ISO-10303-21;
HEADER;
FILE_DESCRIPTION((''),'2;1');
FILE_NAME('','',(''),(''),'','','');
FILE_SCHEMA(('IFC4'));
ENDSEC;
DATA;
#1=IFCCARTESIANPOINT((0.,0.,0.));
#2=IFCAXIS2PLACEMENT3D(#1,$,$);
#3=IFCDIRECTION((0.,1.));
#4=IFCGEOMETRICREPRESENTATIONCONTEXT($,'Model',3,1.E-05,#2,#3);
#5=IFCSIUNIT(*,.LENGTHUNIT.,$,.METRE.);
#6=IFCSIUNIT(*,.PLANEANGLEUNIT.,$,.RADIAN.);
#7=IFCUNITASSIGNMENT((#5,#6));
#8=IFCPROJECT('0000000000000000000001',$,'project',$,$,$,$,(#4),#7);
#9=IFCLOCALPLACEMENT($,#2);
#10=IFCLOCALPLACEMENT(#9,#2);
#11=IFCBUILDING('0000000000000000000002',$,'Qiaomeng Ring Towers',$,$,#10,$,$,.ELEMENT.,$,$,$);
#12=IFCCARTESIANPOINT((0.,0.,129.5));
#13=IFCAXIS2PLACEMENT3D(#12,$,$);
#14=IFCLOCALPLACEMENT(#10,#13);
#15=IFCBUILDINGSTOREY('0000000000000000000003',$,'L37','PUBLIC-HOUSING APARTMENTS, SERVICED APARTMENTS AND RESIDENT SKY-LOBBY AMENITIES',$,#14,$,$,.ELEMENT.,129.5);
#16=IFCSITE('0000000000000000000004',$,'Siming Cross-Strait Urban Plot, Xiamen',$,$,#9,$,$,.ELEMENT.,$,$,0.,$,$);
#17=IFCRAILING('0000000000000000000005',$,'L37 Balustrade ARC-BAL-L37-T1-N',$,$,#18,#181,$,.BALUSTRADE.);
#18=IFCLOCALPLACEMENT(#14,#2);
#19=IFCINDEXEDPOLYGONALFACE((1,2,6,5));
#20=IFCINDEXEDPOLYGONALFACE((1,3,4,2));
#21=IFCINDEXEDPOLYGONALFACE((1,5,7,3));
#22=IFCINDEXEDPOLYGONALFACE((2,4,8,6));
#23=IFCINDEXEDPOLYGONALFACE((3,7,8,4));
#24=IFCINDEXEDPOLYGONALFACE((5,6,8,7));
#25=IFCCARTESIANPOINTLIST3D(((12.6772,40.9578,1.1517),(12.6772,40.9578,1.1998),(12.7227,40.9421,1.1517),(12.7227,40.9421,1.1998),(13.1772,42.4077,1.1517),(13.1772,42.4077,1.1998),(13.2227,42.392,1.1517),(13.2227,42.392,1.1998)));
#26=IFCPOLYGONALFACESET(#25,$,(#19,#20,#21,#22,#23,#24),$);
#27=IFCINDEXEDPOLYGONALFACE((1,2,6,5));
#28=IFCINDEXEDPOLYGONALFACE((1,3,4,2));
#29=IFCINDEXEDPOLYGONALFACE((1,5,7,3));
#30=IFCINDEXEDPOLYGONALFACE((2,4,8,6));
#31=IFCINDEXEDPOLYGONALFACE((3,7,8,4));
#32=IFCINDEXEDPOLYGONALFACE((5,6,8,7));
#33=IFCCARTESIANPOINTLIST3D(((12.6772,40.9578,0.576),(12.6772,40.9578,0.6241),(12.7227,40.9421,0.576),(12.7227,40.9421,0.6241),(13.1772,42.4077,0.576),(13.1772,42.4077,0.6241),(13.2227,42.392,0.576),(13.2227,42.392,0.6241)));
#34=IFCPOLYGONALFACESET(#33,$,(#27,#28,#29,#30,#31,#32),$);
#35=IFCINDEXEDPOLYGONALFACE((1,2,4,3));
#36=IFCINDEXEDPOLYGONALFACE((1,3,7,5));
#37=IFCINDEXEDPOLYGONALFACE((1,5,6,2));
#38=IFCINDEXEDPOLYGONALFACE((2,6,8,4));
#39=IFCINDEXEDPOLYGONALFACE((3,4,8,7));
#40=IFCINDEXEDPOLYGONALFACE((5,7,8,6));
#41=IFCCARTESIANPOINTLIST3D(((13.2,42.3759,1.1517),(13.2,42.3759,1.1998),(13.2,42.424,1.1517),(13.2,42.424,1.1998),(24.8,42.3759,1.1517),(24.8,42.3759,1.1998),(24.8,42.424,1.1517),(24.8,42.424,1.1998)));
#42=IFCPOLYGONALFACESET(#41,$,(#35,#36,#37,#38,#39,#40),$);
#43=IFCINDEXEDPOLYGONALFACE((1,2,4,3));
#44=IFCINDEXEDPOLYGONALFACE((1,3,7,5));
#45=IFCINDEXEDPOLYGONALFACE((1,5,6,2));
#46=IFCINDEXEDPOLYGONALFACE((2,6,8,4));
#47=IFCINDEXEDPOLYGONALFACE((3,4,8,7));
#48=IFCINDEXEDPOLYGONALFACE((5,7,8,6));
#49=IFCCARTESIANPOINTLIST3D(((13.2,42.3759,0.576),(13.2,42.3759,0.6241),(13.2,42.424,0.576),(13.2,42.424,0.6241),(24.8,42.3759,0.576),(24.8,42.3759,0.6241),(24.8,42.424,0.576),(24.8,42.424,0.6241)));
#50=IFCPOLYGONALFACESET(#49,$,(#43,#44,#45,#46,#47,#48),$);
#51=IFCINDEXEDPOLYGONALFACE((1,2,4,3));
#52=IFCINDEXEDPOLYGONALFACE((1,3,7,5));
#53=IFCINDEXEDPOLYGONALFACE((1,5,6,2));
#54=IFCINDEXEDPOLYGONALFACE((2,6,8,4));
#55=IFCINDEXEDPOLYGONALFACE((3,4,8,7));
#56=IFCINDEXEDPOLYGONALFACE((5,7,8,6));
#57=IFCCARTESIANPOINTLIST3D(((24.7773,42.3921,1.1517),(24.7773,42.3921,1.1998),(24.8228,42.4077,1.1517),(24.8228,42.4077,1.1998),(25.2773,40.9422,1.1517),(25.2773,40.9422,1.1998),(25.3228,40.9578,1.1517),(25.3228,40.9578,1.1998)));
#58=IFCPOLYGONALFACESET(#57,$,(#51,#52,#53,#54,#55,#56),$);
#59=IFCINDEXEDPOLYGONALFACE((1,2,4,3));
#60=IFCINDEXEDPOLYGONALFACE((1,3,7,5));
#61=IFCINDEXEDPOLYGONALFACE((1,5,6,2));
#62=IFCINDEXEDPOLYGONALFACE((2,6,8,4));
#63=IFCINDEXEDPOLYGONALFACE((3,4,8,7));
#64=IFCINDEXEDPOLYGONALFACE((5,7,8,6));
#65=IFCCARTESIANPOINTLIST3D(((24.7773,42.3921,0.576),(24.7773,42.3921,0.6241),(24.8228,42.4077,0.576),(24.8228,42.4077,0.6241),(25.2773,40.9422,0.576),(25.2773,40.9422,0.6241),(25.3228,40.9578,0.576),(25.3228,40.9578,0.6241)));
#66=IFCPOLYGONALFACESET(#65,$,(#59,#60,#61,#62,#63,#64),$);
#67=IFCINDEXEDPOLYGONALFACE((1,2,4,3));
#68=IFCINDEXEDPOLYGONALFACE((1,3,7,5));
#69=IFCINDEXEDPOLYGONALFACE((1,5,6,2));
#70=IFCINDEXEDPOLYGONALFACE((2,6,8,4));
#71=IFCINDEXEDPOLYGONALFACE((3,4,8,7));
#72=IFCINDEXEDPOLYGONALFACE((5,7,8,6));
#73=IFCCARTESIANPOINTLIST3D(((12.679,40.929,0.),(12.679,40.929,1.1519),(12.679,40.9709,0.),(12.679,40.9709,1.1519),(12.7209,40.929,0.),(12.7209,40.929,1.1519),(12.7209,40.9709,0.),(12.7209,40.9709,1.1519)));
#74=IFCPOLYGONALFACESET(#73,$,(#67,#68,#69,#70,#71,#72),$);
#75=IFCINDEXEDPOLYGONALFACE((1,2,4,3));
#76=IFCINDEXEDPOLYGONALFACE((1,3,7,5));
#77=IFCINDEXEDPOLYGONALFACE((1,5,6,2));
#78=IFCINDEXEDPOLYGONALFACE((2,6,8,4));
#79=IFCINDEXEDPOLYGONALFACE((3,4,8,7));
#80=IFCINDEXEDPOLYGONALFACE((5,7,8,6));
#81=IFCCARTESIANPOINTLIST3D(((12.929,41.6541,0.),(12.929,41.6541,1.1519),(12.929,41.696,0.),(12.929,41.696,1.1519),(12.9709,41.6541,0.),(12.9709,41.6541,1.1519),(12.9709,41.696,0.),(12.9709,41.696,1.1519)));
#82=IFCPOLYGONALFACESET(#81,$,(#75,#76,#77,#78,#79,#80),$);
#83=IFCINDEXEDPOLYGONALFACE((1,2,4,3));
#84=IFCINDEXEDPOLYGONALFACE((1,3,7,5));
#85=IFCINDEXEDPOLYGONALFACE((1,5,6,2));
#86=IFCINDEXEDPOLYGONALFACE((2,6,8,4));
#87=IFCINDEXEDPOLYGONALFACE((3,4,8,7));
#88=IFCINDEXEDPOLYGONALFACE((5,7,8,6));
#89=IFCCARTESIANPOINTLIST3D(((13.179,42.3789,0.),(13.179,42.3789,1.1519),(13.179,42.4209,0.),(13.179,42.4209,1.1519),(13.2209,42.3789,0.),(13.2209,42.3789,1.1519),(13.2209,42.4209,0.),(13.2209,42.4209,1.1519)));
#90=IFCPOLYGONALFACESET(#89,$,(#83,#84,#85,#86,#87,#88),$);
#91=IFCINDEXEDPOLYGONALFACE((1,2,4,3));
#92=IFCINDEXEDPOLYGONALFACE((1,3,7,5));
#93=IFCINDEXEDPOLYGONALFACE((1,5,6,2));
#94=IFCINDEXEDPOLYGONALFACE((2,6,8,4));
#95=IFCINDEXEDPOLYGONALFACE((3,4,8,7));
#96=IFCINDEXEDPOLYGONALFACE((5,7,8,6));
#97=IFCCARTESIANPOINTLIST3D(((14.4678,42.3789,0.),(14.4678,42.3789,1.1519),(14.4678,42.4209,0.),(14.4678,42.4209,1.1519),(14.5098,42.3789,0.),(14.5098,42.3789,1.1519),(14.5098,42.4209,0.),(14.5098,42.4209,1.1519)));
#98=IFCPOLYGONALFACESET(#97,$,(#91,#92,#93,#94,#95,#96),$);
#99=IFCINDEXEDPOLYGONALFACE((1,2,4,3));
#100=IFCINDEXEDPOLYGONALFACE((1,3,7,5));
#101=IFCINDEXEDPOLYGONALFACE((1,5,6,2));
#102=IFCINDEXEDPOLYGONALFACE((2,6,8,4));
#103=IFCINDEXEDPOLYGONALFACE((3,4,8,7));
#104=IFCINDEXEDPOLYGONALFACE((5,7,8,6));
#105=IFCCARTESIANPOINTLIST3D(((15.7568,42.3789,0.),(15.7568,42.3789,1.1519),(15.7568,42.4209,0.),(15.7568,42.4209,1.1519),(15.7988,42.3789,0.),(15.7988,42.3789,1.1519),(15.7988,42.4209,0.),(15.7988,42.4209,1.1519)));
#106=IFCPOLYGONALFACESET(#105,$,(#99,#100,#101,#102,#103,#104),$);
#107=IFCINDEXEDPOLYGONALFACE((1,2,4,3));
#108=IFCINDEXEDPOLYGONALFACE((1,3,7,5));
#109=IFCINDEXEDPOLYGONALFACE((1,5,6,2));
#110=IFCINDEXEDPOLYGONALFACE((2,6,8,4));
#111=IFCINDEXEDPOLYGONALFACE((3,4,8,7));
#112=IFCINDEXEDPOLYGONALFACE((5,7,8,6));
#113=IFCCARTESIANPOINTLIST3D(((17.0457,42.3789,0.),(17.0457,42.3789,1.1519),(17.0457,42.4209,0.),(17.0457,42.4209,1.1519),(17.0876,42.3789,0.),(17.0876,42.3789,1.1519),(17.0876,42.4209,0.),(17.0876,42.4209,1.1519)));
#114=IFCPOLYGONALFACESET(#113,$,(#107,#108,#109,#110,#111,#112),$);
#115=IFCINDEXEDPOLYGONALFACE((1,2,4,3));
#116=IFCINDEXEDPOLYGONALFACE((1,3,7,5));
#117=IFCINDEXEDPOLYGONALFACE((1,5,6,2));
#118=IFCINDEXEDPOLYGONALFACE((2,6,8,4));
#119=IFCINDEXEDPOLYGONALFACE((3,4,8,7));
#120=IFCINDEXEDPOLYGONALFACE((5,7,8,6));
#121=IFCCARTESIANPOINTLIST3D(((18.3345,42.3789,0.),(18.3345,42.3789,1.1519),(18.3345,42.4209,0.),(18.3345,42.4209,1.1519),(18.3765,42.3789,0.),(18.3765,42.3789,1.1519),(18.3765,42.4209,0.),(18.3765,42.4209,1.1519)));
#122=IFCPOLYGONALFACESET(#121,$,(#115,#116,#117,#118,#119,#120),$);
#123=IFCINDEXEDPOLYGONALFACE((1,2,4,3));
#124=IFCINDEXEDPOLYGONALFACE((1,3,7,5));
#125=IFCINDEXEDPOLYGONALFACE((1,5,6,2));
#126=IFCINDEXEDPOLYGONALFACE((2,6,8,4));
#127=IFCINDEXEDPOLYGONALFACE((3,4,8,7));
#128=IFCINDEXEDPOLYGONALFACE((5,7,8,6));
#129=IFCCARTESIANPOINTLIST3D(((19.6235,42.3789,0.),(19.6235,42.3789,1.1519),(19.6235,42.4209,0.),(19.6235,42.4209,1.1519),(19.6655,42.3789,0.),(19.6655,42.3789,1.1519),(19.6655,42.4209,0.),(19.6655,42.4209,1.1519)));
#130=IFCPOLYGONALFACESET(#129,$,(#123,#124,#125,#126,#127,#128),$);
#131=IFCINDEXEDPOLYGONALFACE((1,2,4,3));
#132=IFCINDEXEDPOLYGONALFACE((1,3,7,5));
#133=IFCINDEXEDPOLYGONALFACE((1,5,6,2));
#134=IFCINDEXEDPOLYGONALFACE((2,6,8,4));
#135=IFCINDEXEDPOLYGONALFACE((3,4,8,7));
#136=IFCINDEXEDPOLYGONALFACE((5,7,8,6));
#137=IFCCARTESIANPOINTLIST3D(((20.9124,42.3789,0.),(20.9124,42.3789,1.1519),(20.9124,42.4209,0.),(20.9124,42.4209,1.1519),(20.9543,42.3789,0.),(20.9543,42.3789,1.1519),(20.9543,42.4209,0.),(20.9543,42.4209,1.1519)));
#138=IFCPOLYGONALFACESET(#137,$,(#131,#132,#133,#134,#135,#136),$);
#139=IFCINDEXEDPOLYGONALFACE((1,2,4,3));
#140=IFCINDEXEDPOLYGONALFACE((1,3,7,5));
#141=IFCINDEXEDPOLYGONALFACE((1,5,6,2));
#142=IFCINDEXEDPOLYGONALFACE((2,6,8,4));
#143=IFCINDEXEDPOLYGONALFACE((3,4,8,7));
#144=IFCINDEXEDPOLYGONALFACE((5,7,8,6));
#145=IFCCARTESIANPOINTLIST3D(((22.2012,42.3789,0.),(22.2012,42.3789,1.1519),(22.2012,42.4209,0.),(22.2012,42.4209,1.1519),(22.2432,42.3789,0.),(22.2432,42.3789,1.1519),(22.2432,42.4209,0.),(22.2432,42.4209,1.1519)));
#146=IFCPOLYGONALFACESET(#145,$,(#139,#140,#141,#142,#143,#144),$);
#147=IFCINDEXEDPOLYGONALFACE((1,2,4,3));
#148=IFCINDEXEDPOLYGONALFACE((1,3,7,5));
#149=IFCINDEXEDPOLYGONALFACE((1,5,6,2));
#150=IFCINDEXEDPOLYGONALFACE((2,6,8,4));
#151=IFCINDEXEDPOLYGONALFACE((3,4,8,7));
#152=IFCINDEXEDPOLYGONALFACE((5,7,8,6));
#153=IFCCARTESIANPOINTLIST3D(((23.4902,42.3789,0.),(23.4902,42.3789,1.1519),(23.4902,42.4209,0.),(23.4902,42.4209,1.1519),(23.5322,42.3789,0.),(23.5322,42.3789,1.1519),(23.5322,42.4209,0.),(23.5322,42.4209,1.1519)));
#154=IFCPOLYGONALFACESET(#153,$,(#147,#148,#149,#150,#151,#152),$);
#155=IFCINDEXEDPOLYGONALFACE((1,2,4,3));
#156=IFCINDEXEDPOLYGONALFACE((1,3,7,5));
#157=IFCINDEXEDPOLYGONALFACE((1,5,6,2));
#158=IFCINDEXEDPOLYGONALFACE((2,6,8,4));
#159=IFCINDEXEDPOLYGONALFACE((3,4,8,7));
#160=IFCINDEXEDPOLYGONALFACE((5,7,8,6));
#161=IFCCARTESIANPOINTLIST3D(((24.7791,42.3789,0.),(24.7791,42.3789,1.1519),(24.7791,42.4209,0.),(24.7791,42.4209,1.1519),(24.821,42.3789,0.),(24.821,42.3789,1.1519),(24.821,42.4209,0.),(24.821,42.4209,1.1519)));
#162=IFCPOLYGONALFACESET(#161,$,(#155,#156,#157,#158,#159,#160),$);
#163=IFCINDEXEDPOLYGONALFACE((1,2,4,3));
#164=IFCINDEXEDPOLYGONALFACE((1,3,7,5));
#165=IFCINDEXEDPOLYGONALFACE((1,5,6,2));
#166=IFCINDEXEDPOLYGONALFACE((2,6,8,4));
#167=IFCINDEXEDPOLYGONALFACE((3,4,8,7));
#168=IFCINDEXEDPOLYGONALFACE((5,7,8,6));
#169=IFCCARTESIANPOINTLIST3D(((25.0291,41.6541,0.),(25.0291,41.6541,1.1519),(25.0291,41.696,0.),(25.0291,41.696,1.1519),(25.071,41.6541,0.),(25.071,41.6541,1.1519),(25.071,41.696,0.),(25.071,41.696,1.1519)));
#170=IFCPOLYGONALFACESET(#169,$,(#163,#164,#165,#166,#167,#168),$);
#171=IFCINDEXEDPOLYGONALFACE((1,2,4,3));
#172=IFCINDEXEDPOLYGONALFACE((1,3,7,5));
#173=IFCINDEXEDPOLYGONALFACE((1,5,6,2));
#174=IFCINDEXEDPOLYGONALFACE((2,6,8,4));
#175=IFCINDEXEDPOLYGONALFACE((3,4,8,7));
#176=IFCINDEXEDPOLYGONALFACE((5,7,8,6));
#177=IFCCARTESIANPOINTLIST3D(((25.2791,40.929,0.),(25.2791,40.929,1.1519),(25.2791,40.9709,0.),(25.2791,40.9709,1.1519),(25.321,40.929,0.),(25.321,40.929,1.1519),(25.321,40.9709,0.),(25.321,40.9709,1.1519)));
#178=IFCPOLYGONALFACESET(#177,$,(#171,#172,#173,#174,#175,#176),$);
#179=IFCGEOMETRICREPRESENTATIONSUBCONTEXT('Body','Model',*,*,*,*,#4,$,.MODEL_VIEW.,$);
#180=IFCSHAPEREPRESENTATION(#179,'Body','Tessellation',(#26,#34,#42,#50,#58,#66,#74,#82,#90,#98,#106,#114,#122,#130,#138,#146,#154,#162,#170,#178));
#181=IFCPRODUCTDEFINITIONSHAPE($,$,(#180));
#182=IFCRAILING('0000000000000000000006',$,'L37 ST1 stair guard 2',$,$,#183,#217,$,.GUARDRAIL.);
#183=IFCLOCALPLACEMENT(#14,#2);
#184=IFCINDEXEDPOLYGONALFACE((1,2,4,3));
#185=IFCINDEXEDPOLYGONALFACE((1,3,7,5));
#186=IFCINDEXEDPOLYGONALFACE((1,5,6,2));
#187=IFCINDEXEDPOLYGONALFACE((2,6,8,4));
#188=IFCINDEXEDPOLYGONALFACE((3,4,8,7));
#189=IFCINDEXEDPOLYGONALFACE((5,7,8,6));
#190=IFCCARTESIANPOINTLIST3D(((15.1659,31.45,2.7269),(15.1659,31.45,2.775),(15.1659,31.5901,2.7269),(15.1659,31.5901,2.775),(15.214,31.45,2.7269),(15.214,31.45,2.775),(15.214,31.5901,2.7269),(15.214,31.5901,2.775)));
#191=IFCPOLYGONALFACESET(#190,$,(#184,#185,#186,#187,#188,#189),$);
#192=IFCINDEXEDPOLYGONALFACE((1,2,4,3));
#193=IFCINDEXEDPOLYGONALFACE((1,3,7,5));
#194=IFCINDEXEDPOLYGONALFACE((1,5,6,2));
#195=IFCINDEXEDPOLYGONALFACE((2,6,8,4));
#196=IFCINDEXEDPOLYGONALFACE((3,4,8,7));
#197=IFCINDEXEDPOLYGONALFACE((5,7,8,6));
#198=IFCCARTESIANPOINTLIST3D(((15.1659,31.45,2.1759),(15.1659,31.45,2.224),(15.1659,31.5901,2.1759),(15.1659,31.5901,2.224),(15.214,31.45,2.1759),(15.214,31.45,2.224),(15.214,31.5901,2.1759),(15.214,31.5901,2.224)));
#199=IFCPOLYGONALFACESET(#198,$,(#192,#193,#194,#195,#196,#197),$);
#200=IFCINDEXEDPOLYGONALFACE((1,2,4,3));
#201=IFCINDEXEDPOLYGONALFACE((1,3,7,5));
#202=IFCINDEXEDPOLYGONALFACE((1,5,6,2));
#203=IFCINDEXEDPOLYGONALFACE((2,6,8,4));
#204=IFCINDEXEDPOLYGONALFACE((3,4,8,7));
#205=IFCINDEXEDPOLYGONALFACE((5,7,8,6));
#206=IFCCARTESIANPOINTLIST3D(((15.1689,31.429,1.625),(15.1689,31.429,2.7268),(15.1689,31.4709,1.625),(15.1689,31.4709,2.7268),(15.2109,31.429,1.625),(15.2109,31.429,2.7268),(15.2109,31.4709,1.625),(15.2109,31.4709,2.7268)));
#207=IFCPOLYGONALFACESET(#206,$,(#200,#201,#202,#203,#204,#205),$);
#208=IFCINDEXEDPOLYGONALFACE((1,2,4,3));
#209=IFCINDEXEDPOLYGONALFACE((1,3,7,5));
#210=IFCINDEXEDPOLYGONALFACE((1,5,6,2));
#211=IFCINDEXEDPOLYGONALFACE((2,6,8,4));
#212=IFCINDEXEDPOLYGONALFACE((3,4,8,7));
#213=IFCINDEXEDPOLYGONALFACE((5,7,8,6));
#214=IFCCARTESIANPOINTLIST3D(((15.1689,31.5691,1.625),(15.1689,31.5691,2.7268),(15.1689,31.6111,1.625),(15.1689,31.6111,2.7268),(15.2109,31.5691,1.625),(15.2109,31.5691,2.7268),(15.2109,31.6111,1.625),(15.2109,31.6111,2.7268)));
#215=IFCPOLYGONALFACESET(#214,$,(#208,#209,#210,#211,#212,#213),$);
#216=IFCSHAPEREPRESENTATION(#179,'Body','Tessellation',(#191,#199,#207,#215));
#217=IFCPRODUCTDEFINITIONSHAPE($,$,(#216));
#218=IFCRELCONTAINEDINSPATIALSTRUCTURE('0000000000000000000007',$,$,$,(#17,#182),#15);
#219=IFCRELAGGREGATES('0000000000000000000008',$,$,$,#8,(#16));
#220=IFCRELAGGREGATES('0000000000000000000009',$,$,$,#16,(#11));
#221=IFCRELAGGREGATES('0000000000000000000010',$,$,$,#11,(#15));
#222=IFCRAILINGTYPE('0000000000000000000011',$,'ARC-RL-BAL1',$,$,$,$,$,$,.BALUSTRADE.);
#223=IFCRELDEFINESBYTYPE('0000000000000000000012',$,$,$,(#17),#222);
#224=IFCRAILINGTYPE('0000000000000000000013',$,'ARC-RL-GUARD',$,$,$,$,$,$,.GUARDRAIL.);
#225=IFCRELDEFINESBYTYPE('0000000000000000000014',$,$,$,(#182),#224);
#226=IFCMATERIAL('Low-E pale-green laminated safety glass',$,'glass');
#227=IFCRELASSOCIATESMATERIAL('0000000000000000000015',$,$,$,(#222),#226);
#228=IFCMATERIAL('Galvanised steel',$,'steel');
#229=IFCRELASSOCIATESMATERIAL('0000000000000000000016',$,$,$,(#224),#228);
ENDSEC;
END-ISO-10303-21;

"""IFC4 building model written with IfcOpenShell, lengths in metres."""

from ifc_helpers import new_model, si_unit, direction, frame, origin, origin_2d, place, context, subcontext, project, spatial, rectangle, extrude, material, type_object, element, save


model = new_model("IFC4")

# Units and contexts
model_context = context("Model", 3, precision=1e-05, world=origin(), true_north=direction((0.0, 1.0)))
body_context = subcontext(model_context, "Body", "Model", "MODEL_VIEW")
ifc_project = project(units=[si_unit("LENGTHUNIT", "METRE"), si_unit("PLANEANGLEUNIT", "RADIAN")], contexts=[model_context])

# Site, building, storey
site_placement = place(None, origin())
site = spatial("IfcSite", under=ifc_project, at=site_placement, Name="Siming Cross-Strait Urban Plot, Xiamen", CompositionType="ELEMENT", RefElevation=0.0)
building_placement = place(site_placement, origin())
building = spatial("IfcBuilding", under=site, at=building_placement, Name="Qiaomeng Ring Towers", CompositionType="ELEMENT")
storey_placement = place(building_placement, frame((0.0, 0.0, 129.5)))
storey = spatial("IfcBuildingStorey", under=building, at=storey_placement, Name="L37", Description="PUBLIC-HOUSING APARTMENTS, SERVICED APARTMENTS AND RESIDENT SKY-LOBBY AMENITIES", CompositionType="ELEMENT", Elevation=129.5)

# Shared definitions
ifc_material_1 = material(Name="Galvanised steel", Category="steel")

# Railings
ifc_material_2 = material(Name="Low-E pale-green laminated safety glass", Category="glass")
railing_type_1 = type_object("IfcRailingType", Name="ARC-RL-BAL1", PredefinedType="BALUSTRADE", material=ifc_material_2)
railing_1_placement = place(storey_placement, frame((12.7, 40.95, 0.0)))
element("IfcRailing", 1, at=railing_1_placement, inside=storey, type_object=railing_type_1, Name="L37 Balustrade ARC-BAL-L37-T1-N", PredefinedType="BALUSTRADE", context=body_context, shape_type="SweptSolid", body=[
    extrude(rectangle(XDim=0.0481, YDim=0.0481, at=origin_2d()), frame((0.0, 0.0, 1.1758), z_axis=(0.326, 0.94537, 0.0), x_axis=(-0.94537, 0.326, 0.0)), (0.0, 0.0, 1.0), 1.5337),
    extrude(rectangle(XDim=0.0481, YDim=0.0481, at=origin_2d()), frame((0.0, 0.0, 0.6001), z_axis=(0.326, 0.94537, 0.0), x_axis=(-0.94537, 0.326, 0.0)), (0.0, 0.0, 1.0), 1.5337),
    extrude(rectangle(XDim=0.0481, YDim=0.0481, at=origin_2d()), frame((0.5, 1.45, 1.1758), z_axis=(1.0, 0.0, 0.0), x_axis=(0.0, 1.0, 0.0)), (0.0, 0.0, 1.0), 11.6001),
    extrude(rectangle(XDim=0.0481, YDim=0.0481, at=origin_2d()), frame((0.5, 1.45, 0.6001), z_axis=(1.0, 0.0, 0.0), x_axis=(0.0, 1.0, 0.0)), (0.0, 0.0, 1.0), 11.6001),
    extrude(rectangle(XDim=0.0481, YDim=0.0481, at=origin_2d()), frame((12.1001, 1.45, 1.1758), z_axis=(0.326, -0.94537, 0.0), x_axis=(0.94537, 0.326, 0.0)), (0.0, 0.0, 1.0), 1.5337),
    extrude(rectangle(XDim=0.0481, YDim=0.0481, at=origin_2d()), frame((12.1001, 1.45, 0.6001), z_axis=(0.326, -0.94537, 0.0), x_axis=(0.94537, 0.326, 0.0)), (0.0, 0.0, 1.0), 1.5337),
    extrude(rectangle(XDim=0.042, YDim=0.042, at=origin_2d()), origin(), (0.0, 0.0, 1.0), 1.1519),
    extrude(rectangle(XDim=0.042, YDim=0.042, at=origin_2d()), frame((0.25, 0.7251, 0.0)), (0.0, 0.0, 1.0), 1.1519),
    extrude(rectangle(XDim=0.042, YDim=0.042, at=origin_2d()), frame((0.5, 1.45, 0.0)), (0.0, 0.0, 1.0), 1.1519),
    extrude(rectangle(XDim=0.042, YDim=0.042, at=origin_2d()), frame((1.7888, 1.45, 0.0)), (0.0, 0.0, 1.0), 1.1519),
    extrude(rectangle(XDim=0.042, YDim=0.042, at=origin_2d()), frame((3.0779, 1.45, 0.0)), (0.0, 0.0, 1.0), 1.1519),
    extrude(rectangle(XDim=0.042, YDim=0.042, at=origin_2d()), frame((4.3667, 1.45, 0.0)), (0.0, 0.0, 1.0), 1.1519),
    extrude(rectangle(XDim=0.042, YDim=0.042, at=origin_2d()), frame((5.6555, 1.45, 0.0)), (0.0, 0.0, 1.0), 1.1519),
    extrude(rectangle(XDim=0.042, YDim=0.042, at=origin_2d()), frame((6.9446, 1.45, 0.0)), (0.0, 0.0, 1.0), 1.1519),
    extrude(rectangle(XDim=0.042, YDim=0.042, at=origin_2d()), frame((8.2334, 1.45, 0.0)), (0.0, 0.0, 1.0), 1.1519),
    extrude(rectangle(XDim=0.042, YDim=0.042, at=origin_2d()), frame((9.5222, 1.45, 0.0)), (0.0, 0.0, 1.0), 1.1519),
    extrude(rectangle(XDim=0.042, YDim=0.042, at=origin_2d()), frame((10.8113, 1.45, 0.0)), (0.0, 0.0, 1.0), 1.1519),
    extrude(rectangle(XDim=0.042, YDim=0.042, at=origin_2d()), frame((12.1001, 1.45, 0.0)), (0.0, 0.0, 1.0), 1.1519),
    extrude(rectangle(XDim=0.042, YDim=0.042, at=origin_2d()), frame((12.3501, 0.7251, 0.0)), (0.0, 0.0, 1.0), 1.1519),
    extrude(rectangle(XDim=0.042, YDim=0.042, at=origin_2d()), frame((12.6001, 0.0, 0.0)), (0.0, 0.0, 1.0), 1.1519),
])
railing_type_2 = type_object("IfcRailingType", Name="ARC-RL-GUARD", PredefinedType="GUARDRAIL", material=ifc_material_1)
railing_2_placement = place(storey_placement, frame((15.1899, 31.45, 1.625)))
element("IfcRailing", 2, at=railing_2_placement, inside=storey, type_object=railing_type_2, Name="L37 ST1 stair guard 2", PredefinedType="GUARDRAIL", context=body_context, shape_type="SweptSolid", body=[
    extrude(rectangle(XDim=0.0481, YDim=0.0481, at=origin_2d()), frame((0.0, 0.0, 1.126), z_axis=(0.0, 1.0, 0.0), x_axis=(-1.0, 0.0, 0.0)), (0.0, 0.0, 1.0), 0.1401),
    extrude(rectangle(XDim=0.0481, YDim=0.0481, at=origin_2d()), frame((0.0, 0.0, 0.575), z_axis=(0.0, 1.0, 0.0), x_axis=(-1.0, 0.0, 0.0)), (0.0, 0.0, 1.0), 0.1401),
    extrude(rectangle(XDim=0.042, YDim=0.042, at=origin_2d()), origin(), (0.0, 0.0, 1.0), 1.1018),
    extrude(rectangle(XDim=0.042, YDim=0.042, at=origin_2d()), frame((0.0, 0.1401, 0.0)), (0.0, 0.0, 1.0), 1.1018),
])

save(model, "model.ifc")
